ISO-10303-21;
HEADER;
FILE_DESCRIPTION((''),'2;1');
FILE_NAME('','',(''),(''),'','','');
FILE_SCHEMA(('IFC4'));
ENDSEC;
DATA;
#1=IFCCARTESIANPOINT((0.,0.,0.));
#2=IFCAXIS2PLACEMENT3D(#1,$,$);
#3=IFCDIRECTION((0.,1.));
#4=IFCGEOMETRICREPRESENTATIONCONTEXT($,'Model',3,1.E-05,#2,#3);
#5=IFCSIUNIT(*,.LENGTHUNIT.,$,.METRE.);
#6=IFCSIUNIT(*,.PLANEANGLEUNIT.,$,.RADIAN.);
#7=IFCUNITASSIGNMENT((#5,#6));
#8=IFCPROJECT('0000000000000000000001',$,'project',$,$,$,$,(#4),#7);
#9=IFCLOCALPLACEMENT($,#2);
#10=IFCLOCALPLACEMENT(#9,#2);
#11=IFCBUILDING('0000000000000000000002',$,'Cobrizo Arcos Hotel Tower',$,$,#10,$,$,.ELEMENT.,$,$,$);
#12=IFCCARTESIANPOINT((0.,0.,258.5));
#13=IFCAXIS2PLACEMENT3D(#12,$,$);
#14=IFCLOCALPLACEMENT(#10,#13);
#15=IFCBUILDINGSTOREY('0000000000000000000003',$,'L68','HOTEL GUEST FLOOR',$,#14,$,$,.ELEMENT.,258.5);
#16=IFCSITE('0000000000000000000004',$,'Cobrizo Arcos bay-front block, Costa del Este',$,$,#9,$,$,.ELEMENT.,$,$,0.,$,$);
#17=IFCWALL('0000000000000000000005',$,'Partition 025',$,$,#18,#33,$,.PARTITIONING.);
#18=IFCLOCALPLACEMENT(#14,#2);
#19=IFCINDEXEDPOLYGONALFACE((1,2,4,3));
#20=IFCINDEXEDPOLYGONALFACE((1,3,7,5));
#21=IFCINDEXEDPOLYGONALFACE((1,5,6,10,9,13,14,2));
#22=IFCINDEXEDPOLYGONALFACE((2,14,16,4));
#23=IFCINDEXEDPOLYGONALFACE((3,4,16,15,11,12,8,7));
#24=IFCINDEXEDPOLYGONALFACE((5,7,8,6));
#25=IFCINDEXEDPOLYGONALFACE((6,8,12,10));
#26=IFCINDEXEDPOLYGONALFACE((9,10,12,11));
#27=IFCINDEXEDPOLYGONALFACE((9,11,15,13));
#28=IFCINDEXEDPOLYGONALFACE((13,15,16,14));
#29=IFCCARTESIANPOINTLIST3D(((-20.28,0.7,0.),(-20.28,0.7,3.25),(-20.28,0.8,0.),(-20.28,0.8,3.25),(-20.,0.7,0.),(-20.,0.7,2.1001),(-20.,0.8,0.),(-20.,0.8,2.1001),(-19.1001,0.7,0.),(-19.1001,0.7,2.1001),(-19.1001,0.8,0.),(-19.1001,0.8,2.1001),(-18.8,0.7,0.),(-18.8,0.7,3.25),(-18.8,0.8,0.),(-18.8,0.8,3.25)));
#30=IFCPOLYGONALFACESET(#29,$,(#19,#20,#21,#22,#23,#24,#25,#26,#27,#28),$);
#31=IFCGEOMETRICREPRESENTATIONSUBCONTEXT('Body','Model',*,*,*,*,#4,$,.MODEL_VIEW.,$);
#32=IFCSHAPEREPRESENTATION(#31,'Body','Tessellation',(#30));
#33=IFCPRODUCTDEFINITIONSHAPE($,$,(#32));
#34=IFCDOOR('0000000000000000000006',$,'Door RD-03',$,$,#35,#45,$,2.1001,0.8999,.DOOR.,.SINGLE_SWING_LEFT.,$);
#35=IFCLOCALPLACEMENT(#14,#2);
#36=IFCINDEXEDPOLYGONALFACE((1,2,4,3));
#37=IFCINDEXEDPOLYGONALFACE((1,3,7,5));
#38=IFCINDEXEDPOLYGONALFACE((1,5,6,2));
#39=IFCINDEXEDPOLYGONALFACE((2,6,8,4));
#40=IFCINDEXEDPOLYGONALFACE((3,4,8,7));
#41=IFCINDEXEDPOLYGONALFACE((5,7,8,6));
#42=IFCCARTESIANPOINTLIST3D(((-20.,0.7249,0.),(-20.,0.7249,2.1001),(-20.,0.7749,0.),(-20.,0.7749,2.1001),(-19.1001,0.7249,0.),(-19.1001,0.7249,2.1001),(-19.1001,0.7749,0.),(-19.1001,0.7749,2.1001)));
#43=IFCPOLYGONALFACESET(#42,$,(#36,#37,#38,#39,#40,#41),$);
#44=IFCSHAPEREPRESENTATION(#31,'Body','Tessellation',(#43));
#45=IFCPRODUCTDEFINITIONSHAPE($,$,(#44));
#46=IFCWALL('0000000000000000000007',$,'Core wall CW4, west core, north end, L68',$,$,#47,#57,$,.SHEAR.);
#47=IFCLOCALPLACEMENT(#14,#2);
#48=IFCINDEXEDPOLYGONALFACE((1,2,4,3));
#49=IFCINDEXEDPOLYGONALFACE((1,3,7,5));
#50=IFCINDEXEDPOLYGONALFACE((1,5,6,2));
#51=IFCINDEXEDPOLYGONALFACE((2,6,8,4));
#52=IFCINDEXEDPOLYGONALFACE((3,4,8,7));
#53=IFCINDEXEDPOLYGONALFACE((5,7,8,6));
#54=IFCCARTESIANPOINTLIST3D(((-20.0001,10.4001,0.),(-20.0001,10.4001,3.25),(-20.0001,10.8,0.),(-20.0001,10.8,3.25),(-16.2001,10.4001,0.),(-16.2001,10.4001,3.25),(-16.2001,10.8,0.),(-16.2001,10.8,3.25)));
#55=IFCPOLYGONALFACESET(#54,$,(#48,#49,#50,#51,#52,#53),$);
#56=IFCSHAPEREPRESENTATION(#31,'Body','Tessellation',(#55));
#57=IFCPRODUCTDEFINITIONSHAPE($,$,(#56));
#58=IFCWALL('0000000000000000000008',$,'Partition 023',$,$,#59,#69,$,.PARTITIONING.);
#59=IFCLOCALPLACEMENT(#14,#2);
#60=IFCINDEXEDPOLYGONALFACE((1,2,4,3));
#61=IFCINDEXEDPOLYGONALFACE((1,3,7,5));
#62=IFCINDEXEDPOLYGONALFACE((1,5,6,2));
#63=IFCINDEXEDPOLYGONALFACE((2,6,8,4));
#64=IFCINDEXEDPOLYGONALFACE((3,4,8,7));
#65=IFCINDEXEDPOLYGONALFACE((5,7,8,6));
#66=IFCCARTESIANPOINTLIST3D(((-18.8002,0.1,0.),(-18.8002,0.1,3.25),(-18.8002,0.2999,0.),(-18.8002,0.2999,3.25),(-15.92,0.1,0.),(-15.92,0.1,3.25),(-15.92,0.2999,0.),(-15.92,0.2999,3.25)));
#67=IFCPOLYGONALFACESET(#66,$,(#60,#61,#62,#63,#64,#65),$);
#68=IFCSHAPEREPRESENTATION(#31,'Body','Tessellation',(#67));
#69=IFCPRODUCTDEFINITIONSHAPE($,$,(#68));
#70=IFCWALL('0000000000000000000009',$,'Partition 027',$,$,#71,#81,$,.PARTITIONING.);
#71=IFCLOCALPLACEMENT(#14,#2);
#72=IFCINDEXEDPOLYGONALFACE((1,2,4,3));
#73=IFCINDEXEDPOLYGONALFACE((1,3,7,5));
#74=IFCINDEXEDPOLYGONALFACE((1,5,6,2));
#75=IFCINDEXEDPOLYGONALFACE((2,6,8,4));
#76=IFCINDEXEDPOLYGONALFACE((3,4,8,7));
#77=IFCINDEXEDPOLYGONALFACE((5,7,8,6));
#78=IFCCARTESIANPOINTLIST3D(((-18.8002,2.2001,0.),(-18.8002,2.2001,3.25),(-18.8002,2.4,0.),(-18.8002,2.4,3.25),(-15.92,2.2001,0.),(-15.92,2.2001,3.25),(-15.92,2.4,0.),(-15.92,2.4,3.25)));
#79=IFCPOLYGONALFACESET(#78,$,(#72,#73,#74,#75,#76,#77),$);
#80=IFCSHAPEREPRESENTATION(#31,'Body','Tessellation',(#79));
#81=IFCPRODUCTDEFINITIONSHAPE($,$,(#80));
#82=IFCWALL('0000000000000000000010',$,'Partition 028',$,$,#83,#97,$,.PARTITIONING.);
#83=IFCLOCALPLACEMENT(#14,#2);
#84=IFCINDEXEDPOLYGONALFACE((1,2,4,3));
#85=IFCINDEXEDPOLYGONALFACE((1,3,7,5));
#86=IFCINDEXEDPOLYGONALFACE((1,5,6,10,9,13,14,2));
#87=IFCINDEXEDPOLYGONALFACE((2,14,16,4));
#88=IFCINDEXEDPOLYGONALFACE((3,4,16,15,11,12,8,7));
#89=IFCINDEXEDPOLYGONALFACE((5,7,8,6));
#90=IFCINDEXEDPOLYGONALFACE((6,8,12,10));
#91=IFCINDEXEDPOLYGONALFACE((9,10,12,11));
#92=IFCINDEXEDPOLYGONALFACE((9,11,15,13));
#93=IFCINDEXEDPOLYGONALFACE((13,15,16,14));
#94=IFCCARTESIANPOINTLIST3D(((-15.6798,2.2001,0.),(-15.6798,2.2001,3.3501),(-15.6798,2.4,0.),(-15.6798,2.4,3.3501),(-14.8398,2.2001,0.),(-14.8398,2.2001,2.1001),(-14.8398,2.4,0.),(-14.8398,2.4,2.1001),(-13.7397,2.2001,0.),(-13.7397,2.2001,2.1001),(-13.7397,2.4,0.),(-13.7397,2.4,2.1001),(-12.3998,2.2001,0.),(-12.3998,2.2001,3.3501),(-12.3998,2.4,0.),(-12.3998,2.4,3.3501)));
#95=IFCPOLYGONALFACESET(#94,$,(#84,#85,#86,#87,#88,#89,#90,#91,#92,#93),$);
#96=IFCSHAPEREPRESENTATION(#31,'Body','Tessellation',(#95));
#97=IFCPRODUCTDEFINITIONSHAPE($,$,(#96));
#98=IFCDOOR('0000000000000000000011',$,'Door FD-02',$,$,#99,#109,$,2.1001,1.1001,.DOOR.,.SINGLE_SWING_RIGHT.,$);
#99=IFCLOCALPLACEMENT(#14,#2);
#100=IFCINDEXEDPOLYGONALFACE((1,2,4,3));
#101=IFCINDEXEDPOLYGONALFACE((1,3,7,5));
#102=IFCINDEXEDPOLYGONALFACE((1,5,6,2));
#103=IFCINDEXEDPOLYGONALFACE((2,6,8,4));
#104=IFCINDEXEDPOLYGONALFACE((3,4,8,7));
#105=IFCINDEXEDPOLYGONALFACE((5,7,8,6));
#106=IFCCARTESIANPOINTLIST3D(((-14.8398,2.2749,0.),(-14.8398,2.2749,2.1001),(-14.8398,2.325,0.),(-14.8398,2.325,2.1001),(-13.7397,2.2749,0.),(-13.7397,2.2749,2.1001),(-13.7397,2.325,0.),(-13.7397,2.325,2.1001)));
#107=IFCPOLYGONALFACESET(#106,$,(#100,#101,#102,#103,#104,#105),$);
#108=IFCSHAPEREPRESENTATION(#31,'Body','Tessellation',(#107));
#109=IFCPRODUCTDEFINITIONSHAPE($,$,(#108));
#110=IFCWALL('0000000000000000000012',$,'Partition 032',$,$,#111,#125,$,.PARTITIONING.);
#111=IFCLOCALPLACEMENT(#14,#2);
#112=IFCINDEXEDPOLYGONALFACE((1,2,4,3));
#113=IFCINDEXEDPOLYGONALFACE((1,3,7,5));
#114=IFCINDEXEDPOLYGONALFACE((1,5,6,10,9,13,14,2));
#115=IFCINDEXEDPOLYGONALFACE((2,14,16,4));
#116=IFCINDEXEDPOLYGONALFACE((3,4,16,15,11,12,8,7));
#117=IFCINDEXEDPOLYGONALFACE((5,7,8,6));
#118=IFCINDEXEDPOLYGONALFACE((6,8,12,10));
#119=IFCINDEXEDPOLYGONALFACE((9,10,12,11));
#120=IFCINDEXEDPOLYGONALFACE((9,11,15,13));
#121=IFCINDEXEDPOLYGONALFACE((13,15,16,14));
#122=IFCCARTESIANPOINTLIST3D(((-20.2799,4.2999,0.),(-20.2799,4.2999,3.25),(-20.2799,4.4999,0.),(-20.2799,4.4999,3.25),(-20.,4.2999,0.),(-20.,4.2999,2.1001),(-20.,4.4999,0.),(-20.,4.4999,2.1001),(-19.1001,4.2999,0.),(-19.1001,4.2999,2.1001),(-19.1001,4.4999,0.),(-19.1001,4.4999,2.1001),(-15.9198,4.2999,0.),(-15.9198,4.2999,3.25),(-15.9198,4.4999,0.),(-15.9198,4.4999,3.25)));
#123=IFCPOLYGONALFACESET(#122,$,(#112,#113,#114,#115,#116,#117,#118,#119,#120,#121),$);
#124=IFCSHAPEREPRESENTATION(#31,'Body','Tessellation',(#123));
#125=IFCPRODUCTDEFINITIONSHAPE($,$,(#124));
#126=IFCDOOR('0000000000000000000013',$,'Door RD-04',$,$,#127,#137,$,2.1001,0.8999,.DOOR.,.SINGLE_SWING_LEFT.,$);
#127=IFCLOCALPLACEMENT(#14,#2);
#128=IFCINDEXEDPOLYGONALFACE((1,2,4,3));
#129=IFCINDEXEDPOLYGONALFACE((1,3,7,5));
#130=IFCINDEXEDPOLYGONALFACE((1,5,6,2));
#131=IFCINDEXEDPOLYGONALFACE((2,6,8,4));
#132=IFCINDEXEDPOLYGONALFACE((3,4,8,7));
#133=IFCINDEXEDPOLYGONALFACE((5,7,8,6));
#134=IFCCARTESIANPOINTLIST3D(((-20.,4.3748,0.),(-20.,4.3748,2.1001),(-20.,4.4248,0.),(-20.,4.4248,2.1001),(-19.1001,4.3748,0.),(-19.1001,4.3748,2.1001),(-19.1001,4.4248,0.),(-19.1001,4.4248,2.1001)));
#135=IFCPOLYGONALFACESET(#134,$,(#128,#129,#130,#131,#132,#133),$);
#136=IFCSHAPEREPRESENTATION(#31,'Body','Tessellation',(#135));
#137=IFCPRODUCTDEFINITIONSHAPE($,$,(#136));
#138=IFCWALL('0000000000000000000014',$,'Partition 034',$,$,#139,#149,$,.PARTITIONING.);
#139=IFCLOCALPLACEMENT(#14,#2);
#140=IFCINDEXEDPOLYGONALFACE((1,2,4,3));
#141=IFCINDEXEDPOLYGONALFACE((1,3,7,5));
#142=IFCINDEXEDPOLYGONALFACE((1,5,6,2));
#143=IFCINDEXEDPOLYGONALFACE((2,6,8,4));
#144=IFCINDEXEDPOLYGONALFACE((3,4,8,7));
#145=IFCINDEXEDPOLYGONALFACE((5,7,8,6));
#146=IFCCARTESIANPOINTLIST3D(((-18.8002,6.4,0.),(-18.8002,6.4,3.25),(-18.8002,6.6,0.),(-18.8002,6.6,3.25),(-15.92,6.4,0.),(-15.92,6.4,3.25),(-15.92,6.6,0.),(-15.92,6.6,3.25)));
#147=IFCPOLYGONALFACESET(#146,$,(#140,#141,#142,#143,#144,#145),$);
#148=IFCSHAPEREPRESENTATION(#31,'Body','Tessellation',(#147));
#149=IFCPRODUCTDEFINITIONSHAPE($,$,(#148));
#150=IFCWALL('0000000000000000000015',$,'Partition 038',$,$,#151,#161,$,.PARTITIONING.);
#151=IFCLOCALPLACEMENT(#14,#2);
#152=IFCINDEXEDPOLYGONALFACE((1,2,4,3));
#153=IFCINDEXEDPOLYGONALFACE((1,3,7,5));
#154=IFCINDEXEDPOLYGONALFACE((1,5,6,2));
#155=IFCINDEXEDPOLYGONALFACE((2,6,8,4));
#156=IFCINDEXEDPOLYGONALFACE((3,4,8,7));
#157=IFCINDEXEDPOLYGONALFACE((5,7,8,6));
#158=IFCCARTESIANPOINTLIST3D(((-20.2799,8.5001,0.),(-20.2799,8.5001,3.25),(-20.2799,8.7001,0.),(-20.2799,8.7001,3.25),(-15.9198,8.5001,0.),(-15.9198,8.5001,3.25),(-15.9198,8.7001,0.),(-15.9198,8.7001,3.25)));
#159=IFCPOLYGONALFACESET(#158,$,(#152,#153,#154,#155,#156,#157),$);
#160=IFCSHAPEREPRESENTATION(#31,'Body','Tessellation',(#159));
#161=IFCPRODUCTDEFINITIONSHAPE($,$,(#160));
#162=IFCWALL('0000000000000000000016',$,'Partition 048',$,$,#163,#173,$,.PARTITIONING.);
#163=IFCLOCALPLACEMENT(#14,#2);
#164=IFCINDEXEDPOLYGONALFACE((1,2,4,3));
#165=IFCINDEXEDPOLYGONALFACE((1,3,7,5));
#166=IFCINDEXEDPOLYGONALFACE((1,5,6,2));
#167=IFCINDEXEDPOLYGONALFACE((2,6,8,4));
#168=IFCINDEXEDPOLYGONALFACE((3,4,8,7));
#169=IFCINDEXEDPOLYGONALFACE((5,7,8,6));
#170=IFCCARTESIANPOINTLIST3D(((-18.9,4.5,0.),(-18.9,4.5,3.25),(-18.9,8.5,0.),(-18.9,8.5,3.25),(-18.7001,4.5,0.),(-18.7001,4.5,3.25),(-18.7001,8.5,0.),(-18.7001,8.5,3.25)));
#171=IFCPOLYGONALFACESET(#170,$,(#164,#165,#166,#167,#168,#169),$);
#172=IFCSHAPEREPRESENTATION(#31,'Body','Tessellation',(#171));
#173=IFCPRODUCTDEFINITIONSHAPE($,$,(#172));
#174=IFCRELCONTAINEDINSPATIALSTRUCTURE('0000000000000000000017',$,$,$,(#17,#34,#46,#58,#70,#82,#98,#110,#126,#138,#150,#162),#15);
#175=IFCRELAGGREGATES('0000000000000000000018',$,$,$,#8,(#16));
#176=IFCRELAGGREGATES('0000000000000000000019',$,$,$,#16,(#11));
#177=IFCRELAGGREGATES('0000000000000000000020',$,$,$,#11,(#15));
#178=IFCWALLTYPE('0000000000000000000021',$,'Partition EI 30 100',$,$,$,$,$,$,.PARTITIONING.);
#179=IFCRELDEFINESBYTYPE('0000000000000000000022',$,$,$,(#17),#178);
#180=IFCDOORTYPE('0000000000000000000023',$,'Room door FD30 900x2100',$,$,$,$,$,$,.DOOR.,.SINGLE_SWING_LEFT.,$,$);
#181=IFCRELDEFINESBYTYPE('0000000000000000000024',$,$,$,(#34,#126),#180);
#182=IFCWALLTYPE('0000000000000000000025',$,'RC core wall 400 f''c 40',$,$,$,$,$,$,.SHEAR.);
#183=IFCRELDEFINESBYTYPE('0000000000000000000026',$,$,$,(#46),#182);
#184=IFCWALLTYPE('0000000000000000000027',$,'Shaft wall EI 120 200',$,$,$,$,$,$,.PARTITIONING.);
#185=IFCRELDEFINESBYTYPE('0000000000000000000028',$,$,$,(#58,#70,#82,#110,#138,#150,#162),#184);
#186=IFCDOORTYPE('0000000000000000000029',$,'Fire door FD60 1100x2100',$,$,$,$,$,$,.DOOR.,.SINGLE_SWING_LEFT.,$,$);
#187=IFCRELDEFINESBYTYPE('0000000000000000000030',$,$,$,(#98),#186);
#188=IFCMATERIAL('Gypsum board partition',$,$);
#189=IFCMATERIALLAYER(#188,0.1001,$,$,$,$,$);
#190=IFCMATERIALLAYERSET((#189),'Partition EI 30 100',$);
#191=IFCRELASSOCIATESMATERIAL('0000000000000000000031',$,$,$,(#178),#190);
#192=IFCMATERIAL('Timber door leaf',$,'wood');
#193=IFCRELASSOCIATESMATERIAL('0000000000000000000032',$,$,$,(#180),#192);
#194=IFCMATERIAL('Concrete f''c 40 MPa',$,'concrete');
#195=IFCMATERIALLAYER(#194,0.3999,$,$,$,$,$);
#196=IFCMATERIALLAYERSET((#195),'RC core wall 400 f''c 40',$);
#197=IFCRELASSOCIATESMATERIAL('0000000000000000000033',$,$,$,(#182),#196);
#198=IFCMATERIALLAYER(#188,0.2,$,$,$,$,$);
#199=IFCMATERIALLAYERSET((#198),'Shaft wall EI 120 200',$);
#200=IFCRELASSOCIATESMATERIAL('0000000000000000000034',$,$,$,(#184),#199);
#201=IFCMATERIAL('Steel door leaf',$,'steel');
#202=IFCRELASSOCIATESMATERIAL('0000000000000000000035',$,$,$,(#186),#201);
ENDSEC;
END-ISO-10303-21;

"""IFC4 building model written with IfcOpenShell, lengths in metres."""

from ifc_helpers import new_model, si_unit, direction, frame, frame_2d, origin, place, context, subcontext, project, spatial, rectangle, extrude, material, layer, layer_set, type_object, element, fill, save


model = new_model("IFC4")

# Units and contexts
model_context = context("Model", 3, precision=1e-05, world=origin(), true_north=direction((0.0, 1.0)))
body_context = subcontext(model_context, "Body", "Model", "MODEL_VIEW")
ifc_project = project(units=[si_unit("LENGTHUNIT", "METRE"), si_unit("PLANEANGLEUNIT", "RADIAN")], contexts=[model_context])

# Site, building, storey
site_placement = place(None, origin())
site = spatial("IfcSite", under=ifc_project, at=site_placement, Name="Cobrizo Arcos bay-front block, Costa del Este", CompositionType="ELEMENT", RefElevation=0.0)
building_placement = place(site_placement, origin())
building = spatial("IfcBuilding", under=site, at=building_placement, Name="Cobrizo Arcos Hotel Tower", CompositionType="ELEMENT")
storey_placement = place(building_placement, frame((0.0, 0.0, 258.5)))
storey = spatial("IfcBuildingStorey", under=building, at=storey_placement, Name="L68", Description="HOTEL GUEST FLOOR", CompositionType="ELEMENT", Elevation=258.5)

# Shared definitions
ifc_material_1 = material(Name="Gypsum board partition")

# Wall, opening, door
ifc_layer_1 = layer(ifc_material_1, 0.1001)
ifc_layer_set_1 = layer_set([ifc_layer_1], Name="Partition EI 30 100")
wall_type_1 = type_object("IfcWallType", Name="Partition EI 30 100", PredefinedType="PARTITIONING", material=ifc_layer_set_1)
wall_1_placement = place(storey_placement, frame((-20.28, 0.75, 0.0), z_axis=(0.0, 0.0, 1.0), x_axis=(1.0, 0.0, 0.0)))
wall_1 = element("IfcWall", 1, at=wall_1_placement, inside=storey, type_object=wall_type_1, Name="Partition 025", PredefinedType="PARTITIONING", context=body_context, shape_type="SweptSolid", body=[
    extrude(rectangle(XDim=1.48, YDim=0.1001, at=frame_2d((0.74, 0.0))), origin(), (0.0, 0.0, 1.0), 3.25),
])
opening_1_placement = place(wall_1_placement, frame((0.28, 0.0, 0.0)))
opening_1 = element("IfcOpeningElement", 2, at=opening_1_placement, cuts=wall_1, PredefinedType="OPENING", context=body_context, shape_type="SweptSolid", body=[
    extrude(rectangle(XDim=0.8999, YDim=2.1001, at=frame_2d((0.45, 1.05))), frame((0.0, 0.062, 0.0), z_axis=(0.0, -1.0, 0.0), x_axis=(1.0, 0.0, 0.0)), (0.0, 0.0, 1.0), 0.124),
])
ifc_material_2 = material(Name="Timber door leaf", Category="wood")
door_type_1 = type_object("IfcDoorType", Name="Room door FD30 900x2100", OperationType="SINGLE_SWING_LEFT", PredefinedType="DOOR", material=ifc_material_2)
door_1_placement = place(opening_1_placement, origin())
door_1 = element("IfcDoor", 3, at=door_1_placement, inside=storey, type_object=door_type_1, Name="Door RD-03", OperationType="SINGLE_SWING_LEFT", OverallHeight=2.1001, OverallWidth=0.8999, PredefinedType="DOOR", context=body_context, shape_type="SweptSolid", body=[
    extrude(rectangle(XDim=0.8999, YDim=2.1001, at=frame_2d((0.45, 1.05))), frame((0.0, 0.0249, 0.0), z_axis=(0.0, -1.0, 0.0), x_axis=(1.0, 0.0, 0.0)), (0.0, 0.0, 1.0), 0.05),
])
fill(opening_1, door_1)

# Walls
ifc_material_3 = material(Name="Concrete f'c 40 MPa", Category="concrete")
ifc_layer_2 = layer(ifc_material_3, 0.3999)
ifc_layer_set_2 = layer_set([ifc_layer_2], Name="RC core wall 400 f'c 40")
wall_type_2 = type_object("IfcWallType", Name="RC core wall 400 f'c 40", PredefinedType="SHEAR", material=ifc_layer_set_2)
wall_2_placement = place(storey_placement, frame((-20.0, 10.6001, 0.0), z_axis=(0.0, 0.0, 1.0), x_axis=(1.0, 0.0, 0.0)))
element("IfcWall", 4, at=wall_2_placement, inside=storey, type_object=wall_type_2, Name="Core wall CW4, west core, north end, L68", PredefinedType="SHEAR", context=body_context, shape_type="SweptSolid", body=[
    extrude(rectangle(XDim=3.8, YDim=0.3999, at=frame_2d((1.8999, 0.0))), origin(), (0.0, 0.0, 1.0), 3.25),
])
ifc_layer_3 = layer(ifc_material_1, 0.2)
ifc_layer_set_3 = layer_set([ifc_layer_3], Name="Shaft wall EI 120 200")
wall_type_3 = type_object("IfcWallType", Name="Shaft wall EI 120 200", PredefinedType="PARTITIONING", material=ifc_layer_set_3)
for number, where, z_axis, x_axis, name in (
    (5, (-18.8, 0.2, 0.0), (0.0, 0.0, 1.0), (1.0, 0.0, 0.0), "Partition 023"),
    (6, (-18.8, 2.3, 0.0), (0.0, 0.0, 1.0), (1.0, 0.0, 0.0), "Partition 027"),
):
    element("IfcWall", number, at=place(storey_placement, frame(where, z_axis=z_axis, x_axis=x_axis)), inside=storey, type_object=wall_type_3, Name=name, PredefinedType="PARTITIONING", context=body_context, shape_type="SweptSolid", body=[
        extrude(rectangle(XDim=2.8801, YDim=0.2, at=frame_2d((1.4399, 0.0))), origin(), (0.0, 0.0, 1.0), 3.25),
    ])

# Walls, openings, doors
wall_3_placement = place(storey_placement, frame((-15.6799, 2.3, 0.0), z_axis=(0.0, 0.0, 1.0), x_axis=(1.0, 0.0, 0.0)))
wall_3 = element("IfcWall", 7, at=wall_3_placement, inside=storey, type_object=wall_type_3, Name="Partition 028", PredefinedType="PARTITIONING", context=body_context, shape_type="SweptSolid", body=[
    extrude(rectangle(XDim=3.28, YDim=0.2, at=frame_2d((1.6401, 0.0))), origin(), (0.0, 0.0, 1.0), 3.3501),
])
opening_2_placement = place(wall_3_placement, frame((0.8401, 0.0, 0.0)))
opening_2 = element("IfcOpeningElement", 8, at=opening_2_placement, cuts=wall_3, PredefinedType="OPENING", context=body_context, shape_type="SweptSolid", body=[
    extrude(rectangle(XDim=1.1001, YDim=2.1001, at=frame_2d((0.55, 1.05))), frame((0.0, 0.1121, 0.0), z_axis=(0.0, -1.0, 0.0), x_axis=(1.0, 0.0, 0.0)), (0.0, 0.0, 1.0), 0.2239),
])
ifc_material_4 = material(Name="Steel door leaf", Category="steel")
door_type_2 = type_object("IfcDoorType", Name="Fire door FD60 1100x2100", OperationType="SINGLE_SWING_LEFT", PredefinedType="DOOR", material=ifc_material_4)
door_2_placement = place(opening_2_placement, origin())
door_2 = element("IfcDoor", 9, at=door_2_placement, inside=storey, type_object=door_type_2, Name="Door FD-02", OperationType="SINGLE_SWING_RIGHT", OverallHeight=2.1001, OverallWidth=1.1001, PredefinedType="DOOR", context=body_context, shape_type="SweptSolid", body=[
    extrude(rectangle(XDim=1.1001, YDim=2.1001, at=frame_2d((0.55, 1.05))), frame((0.0, 0.0249, 0.0), z_axis=(0.0, -1.0, 0.0), x_axis=(1.0, 0.0, 0.0)), (0.0, 0.0, 1.0), 0.05),
])
fill(opening_2, door_2)
wall_4_placement = place(storey_placement, frame((-20.28, 4.3999, 0.0), z_axis=(0.0, 0.0, 1.0), x_axis=(1.0, 0.0, 0.0)))
wall_4 = element("IfcWall", 10, at=wall_4_placement, inside=storey, type_object=wall_type_3, Name="Partition 032", PredefinedType="PARTITIONING", context=body_context, shape_type="SweptSolid", body=[
    extrude(rectangle(XDim=4.3601, YDim=0.2, at=frame_2d((2.1802, 0.0))), origin(), (0.0, 0.0, 1.0), 3.25),
])
opening_3_placement = place(wall_4_placement, frame((0.28, 0.0, 0.0)))
opening_3 = element("IfcOpeningElement", 11, at=opening_3_placement, cuts=wall_4, PredefinedType="OPENING", context=body_context, shape_type="SweptSolid", body=[
    extrude(rectangle(XDim=0.8999, YDim=2.1001, at=frame_2d((0.45, 1.05))), frame((0.0, 0.1121, 0.0), z_axis=(0.0, -1.0, 0.0), x_axis=(1.0, 0.0, 0.0)), (0.0, 0.0, 1.0), 0.2239),
])
door_3_placement = place(opening_3_placement, origin())
door_3 = element("IfcDoor", 12, at=door_3_placement, inside=storey, type_object=door_type_1, Name="Door RD-04", OperationType="SINGLE_SWING_LEFT", OverallHeight=2.1001, OverallWidth=0.8999, PredefinedType="DOOR", context=body_context, shape_type="SweptSolid", body=[
    extrude(rectangle(XDim=0.8999, YDim=2.1001, at=frame_2d((0.45, 1.05))), frame((0.0, 0.0249, 0.0), z_axis=(0.0, -1.0, 0.0), x_axis=(1.0, 0.0, 0.0)), (0.0, 0.0, 1.0), 0.05),
])
fill(opening_3, door_3)

# Walls
wall_5_placement = place(storey_placement, frame((-18.8, 6.5, 0.0), z_axis=(0.0, 0.0, 1.0), x_axis=(1.0, 0.0, 0.0)))
element("IfcWall", 13, at=wall_5_placement, inside=storey, type_object=wall_type_3, Name="Partition 034", PredefinedType="PARTITIONING", context=body_context, shape_type="SweptSolid", body=[
    extrude(rectangle(XDim=2.8801, YDim=0.2, at=frame_2d((1.4399, 0.0))), origin(), (0.0, 0.0, 1.0), 3.25),
])
wall_6_placement = place(storey_placement, frame((-20.28, 8.6001, 0.0), z_axis=(0.0, 0.0, 1.0), x_axis=(1.0, 0.0, 0.0)))
element("IfcWall", 14, at=wall_6_placement, inside=storey, type_object=wall_type_3, Name="Partition 038", PredefinedType="PARTITIONING", context=body_context, shape_type="SweptSolid", body=[
    extrude(rectangle(XDim=4.3601, YDim=0.2, at=frame_2d((2.1802, 0.0))), origin(), (0.0, 0.0, 1.0), 3.25),
])
wall_7_placement = place(storey_placement, frame((-18.8, 4.5, 0.0), z_axis=(0.0, 0.0, 1.0), x_axis=(0.0, 1.0, 0.0)))
element("IfcWall", 15, at=wall_7_placement, inside=storey, type_object=wall_type_3, Name="Partition 048", PredefinedType="PARTITIONING", context=body_context, shape_type="SweptSolid", body=[
    extrude(rectangle(XDim=4.0, YDim=0.2, at=frame_2d((2.0, 0.0))), origin(), (0.0, 0.0, 1.0), 3.25),
])

save(model, "model.ifc")
